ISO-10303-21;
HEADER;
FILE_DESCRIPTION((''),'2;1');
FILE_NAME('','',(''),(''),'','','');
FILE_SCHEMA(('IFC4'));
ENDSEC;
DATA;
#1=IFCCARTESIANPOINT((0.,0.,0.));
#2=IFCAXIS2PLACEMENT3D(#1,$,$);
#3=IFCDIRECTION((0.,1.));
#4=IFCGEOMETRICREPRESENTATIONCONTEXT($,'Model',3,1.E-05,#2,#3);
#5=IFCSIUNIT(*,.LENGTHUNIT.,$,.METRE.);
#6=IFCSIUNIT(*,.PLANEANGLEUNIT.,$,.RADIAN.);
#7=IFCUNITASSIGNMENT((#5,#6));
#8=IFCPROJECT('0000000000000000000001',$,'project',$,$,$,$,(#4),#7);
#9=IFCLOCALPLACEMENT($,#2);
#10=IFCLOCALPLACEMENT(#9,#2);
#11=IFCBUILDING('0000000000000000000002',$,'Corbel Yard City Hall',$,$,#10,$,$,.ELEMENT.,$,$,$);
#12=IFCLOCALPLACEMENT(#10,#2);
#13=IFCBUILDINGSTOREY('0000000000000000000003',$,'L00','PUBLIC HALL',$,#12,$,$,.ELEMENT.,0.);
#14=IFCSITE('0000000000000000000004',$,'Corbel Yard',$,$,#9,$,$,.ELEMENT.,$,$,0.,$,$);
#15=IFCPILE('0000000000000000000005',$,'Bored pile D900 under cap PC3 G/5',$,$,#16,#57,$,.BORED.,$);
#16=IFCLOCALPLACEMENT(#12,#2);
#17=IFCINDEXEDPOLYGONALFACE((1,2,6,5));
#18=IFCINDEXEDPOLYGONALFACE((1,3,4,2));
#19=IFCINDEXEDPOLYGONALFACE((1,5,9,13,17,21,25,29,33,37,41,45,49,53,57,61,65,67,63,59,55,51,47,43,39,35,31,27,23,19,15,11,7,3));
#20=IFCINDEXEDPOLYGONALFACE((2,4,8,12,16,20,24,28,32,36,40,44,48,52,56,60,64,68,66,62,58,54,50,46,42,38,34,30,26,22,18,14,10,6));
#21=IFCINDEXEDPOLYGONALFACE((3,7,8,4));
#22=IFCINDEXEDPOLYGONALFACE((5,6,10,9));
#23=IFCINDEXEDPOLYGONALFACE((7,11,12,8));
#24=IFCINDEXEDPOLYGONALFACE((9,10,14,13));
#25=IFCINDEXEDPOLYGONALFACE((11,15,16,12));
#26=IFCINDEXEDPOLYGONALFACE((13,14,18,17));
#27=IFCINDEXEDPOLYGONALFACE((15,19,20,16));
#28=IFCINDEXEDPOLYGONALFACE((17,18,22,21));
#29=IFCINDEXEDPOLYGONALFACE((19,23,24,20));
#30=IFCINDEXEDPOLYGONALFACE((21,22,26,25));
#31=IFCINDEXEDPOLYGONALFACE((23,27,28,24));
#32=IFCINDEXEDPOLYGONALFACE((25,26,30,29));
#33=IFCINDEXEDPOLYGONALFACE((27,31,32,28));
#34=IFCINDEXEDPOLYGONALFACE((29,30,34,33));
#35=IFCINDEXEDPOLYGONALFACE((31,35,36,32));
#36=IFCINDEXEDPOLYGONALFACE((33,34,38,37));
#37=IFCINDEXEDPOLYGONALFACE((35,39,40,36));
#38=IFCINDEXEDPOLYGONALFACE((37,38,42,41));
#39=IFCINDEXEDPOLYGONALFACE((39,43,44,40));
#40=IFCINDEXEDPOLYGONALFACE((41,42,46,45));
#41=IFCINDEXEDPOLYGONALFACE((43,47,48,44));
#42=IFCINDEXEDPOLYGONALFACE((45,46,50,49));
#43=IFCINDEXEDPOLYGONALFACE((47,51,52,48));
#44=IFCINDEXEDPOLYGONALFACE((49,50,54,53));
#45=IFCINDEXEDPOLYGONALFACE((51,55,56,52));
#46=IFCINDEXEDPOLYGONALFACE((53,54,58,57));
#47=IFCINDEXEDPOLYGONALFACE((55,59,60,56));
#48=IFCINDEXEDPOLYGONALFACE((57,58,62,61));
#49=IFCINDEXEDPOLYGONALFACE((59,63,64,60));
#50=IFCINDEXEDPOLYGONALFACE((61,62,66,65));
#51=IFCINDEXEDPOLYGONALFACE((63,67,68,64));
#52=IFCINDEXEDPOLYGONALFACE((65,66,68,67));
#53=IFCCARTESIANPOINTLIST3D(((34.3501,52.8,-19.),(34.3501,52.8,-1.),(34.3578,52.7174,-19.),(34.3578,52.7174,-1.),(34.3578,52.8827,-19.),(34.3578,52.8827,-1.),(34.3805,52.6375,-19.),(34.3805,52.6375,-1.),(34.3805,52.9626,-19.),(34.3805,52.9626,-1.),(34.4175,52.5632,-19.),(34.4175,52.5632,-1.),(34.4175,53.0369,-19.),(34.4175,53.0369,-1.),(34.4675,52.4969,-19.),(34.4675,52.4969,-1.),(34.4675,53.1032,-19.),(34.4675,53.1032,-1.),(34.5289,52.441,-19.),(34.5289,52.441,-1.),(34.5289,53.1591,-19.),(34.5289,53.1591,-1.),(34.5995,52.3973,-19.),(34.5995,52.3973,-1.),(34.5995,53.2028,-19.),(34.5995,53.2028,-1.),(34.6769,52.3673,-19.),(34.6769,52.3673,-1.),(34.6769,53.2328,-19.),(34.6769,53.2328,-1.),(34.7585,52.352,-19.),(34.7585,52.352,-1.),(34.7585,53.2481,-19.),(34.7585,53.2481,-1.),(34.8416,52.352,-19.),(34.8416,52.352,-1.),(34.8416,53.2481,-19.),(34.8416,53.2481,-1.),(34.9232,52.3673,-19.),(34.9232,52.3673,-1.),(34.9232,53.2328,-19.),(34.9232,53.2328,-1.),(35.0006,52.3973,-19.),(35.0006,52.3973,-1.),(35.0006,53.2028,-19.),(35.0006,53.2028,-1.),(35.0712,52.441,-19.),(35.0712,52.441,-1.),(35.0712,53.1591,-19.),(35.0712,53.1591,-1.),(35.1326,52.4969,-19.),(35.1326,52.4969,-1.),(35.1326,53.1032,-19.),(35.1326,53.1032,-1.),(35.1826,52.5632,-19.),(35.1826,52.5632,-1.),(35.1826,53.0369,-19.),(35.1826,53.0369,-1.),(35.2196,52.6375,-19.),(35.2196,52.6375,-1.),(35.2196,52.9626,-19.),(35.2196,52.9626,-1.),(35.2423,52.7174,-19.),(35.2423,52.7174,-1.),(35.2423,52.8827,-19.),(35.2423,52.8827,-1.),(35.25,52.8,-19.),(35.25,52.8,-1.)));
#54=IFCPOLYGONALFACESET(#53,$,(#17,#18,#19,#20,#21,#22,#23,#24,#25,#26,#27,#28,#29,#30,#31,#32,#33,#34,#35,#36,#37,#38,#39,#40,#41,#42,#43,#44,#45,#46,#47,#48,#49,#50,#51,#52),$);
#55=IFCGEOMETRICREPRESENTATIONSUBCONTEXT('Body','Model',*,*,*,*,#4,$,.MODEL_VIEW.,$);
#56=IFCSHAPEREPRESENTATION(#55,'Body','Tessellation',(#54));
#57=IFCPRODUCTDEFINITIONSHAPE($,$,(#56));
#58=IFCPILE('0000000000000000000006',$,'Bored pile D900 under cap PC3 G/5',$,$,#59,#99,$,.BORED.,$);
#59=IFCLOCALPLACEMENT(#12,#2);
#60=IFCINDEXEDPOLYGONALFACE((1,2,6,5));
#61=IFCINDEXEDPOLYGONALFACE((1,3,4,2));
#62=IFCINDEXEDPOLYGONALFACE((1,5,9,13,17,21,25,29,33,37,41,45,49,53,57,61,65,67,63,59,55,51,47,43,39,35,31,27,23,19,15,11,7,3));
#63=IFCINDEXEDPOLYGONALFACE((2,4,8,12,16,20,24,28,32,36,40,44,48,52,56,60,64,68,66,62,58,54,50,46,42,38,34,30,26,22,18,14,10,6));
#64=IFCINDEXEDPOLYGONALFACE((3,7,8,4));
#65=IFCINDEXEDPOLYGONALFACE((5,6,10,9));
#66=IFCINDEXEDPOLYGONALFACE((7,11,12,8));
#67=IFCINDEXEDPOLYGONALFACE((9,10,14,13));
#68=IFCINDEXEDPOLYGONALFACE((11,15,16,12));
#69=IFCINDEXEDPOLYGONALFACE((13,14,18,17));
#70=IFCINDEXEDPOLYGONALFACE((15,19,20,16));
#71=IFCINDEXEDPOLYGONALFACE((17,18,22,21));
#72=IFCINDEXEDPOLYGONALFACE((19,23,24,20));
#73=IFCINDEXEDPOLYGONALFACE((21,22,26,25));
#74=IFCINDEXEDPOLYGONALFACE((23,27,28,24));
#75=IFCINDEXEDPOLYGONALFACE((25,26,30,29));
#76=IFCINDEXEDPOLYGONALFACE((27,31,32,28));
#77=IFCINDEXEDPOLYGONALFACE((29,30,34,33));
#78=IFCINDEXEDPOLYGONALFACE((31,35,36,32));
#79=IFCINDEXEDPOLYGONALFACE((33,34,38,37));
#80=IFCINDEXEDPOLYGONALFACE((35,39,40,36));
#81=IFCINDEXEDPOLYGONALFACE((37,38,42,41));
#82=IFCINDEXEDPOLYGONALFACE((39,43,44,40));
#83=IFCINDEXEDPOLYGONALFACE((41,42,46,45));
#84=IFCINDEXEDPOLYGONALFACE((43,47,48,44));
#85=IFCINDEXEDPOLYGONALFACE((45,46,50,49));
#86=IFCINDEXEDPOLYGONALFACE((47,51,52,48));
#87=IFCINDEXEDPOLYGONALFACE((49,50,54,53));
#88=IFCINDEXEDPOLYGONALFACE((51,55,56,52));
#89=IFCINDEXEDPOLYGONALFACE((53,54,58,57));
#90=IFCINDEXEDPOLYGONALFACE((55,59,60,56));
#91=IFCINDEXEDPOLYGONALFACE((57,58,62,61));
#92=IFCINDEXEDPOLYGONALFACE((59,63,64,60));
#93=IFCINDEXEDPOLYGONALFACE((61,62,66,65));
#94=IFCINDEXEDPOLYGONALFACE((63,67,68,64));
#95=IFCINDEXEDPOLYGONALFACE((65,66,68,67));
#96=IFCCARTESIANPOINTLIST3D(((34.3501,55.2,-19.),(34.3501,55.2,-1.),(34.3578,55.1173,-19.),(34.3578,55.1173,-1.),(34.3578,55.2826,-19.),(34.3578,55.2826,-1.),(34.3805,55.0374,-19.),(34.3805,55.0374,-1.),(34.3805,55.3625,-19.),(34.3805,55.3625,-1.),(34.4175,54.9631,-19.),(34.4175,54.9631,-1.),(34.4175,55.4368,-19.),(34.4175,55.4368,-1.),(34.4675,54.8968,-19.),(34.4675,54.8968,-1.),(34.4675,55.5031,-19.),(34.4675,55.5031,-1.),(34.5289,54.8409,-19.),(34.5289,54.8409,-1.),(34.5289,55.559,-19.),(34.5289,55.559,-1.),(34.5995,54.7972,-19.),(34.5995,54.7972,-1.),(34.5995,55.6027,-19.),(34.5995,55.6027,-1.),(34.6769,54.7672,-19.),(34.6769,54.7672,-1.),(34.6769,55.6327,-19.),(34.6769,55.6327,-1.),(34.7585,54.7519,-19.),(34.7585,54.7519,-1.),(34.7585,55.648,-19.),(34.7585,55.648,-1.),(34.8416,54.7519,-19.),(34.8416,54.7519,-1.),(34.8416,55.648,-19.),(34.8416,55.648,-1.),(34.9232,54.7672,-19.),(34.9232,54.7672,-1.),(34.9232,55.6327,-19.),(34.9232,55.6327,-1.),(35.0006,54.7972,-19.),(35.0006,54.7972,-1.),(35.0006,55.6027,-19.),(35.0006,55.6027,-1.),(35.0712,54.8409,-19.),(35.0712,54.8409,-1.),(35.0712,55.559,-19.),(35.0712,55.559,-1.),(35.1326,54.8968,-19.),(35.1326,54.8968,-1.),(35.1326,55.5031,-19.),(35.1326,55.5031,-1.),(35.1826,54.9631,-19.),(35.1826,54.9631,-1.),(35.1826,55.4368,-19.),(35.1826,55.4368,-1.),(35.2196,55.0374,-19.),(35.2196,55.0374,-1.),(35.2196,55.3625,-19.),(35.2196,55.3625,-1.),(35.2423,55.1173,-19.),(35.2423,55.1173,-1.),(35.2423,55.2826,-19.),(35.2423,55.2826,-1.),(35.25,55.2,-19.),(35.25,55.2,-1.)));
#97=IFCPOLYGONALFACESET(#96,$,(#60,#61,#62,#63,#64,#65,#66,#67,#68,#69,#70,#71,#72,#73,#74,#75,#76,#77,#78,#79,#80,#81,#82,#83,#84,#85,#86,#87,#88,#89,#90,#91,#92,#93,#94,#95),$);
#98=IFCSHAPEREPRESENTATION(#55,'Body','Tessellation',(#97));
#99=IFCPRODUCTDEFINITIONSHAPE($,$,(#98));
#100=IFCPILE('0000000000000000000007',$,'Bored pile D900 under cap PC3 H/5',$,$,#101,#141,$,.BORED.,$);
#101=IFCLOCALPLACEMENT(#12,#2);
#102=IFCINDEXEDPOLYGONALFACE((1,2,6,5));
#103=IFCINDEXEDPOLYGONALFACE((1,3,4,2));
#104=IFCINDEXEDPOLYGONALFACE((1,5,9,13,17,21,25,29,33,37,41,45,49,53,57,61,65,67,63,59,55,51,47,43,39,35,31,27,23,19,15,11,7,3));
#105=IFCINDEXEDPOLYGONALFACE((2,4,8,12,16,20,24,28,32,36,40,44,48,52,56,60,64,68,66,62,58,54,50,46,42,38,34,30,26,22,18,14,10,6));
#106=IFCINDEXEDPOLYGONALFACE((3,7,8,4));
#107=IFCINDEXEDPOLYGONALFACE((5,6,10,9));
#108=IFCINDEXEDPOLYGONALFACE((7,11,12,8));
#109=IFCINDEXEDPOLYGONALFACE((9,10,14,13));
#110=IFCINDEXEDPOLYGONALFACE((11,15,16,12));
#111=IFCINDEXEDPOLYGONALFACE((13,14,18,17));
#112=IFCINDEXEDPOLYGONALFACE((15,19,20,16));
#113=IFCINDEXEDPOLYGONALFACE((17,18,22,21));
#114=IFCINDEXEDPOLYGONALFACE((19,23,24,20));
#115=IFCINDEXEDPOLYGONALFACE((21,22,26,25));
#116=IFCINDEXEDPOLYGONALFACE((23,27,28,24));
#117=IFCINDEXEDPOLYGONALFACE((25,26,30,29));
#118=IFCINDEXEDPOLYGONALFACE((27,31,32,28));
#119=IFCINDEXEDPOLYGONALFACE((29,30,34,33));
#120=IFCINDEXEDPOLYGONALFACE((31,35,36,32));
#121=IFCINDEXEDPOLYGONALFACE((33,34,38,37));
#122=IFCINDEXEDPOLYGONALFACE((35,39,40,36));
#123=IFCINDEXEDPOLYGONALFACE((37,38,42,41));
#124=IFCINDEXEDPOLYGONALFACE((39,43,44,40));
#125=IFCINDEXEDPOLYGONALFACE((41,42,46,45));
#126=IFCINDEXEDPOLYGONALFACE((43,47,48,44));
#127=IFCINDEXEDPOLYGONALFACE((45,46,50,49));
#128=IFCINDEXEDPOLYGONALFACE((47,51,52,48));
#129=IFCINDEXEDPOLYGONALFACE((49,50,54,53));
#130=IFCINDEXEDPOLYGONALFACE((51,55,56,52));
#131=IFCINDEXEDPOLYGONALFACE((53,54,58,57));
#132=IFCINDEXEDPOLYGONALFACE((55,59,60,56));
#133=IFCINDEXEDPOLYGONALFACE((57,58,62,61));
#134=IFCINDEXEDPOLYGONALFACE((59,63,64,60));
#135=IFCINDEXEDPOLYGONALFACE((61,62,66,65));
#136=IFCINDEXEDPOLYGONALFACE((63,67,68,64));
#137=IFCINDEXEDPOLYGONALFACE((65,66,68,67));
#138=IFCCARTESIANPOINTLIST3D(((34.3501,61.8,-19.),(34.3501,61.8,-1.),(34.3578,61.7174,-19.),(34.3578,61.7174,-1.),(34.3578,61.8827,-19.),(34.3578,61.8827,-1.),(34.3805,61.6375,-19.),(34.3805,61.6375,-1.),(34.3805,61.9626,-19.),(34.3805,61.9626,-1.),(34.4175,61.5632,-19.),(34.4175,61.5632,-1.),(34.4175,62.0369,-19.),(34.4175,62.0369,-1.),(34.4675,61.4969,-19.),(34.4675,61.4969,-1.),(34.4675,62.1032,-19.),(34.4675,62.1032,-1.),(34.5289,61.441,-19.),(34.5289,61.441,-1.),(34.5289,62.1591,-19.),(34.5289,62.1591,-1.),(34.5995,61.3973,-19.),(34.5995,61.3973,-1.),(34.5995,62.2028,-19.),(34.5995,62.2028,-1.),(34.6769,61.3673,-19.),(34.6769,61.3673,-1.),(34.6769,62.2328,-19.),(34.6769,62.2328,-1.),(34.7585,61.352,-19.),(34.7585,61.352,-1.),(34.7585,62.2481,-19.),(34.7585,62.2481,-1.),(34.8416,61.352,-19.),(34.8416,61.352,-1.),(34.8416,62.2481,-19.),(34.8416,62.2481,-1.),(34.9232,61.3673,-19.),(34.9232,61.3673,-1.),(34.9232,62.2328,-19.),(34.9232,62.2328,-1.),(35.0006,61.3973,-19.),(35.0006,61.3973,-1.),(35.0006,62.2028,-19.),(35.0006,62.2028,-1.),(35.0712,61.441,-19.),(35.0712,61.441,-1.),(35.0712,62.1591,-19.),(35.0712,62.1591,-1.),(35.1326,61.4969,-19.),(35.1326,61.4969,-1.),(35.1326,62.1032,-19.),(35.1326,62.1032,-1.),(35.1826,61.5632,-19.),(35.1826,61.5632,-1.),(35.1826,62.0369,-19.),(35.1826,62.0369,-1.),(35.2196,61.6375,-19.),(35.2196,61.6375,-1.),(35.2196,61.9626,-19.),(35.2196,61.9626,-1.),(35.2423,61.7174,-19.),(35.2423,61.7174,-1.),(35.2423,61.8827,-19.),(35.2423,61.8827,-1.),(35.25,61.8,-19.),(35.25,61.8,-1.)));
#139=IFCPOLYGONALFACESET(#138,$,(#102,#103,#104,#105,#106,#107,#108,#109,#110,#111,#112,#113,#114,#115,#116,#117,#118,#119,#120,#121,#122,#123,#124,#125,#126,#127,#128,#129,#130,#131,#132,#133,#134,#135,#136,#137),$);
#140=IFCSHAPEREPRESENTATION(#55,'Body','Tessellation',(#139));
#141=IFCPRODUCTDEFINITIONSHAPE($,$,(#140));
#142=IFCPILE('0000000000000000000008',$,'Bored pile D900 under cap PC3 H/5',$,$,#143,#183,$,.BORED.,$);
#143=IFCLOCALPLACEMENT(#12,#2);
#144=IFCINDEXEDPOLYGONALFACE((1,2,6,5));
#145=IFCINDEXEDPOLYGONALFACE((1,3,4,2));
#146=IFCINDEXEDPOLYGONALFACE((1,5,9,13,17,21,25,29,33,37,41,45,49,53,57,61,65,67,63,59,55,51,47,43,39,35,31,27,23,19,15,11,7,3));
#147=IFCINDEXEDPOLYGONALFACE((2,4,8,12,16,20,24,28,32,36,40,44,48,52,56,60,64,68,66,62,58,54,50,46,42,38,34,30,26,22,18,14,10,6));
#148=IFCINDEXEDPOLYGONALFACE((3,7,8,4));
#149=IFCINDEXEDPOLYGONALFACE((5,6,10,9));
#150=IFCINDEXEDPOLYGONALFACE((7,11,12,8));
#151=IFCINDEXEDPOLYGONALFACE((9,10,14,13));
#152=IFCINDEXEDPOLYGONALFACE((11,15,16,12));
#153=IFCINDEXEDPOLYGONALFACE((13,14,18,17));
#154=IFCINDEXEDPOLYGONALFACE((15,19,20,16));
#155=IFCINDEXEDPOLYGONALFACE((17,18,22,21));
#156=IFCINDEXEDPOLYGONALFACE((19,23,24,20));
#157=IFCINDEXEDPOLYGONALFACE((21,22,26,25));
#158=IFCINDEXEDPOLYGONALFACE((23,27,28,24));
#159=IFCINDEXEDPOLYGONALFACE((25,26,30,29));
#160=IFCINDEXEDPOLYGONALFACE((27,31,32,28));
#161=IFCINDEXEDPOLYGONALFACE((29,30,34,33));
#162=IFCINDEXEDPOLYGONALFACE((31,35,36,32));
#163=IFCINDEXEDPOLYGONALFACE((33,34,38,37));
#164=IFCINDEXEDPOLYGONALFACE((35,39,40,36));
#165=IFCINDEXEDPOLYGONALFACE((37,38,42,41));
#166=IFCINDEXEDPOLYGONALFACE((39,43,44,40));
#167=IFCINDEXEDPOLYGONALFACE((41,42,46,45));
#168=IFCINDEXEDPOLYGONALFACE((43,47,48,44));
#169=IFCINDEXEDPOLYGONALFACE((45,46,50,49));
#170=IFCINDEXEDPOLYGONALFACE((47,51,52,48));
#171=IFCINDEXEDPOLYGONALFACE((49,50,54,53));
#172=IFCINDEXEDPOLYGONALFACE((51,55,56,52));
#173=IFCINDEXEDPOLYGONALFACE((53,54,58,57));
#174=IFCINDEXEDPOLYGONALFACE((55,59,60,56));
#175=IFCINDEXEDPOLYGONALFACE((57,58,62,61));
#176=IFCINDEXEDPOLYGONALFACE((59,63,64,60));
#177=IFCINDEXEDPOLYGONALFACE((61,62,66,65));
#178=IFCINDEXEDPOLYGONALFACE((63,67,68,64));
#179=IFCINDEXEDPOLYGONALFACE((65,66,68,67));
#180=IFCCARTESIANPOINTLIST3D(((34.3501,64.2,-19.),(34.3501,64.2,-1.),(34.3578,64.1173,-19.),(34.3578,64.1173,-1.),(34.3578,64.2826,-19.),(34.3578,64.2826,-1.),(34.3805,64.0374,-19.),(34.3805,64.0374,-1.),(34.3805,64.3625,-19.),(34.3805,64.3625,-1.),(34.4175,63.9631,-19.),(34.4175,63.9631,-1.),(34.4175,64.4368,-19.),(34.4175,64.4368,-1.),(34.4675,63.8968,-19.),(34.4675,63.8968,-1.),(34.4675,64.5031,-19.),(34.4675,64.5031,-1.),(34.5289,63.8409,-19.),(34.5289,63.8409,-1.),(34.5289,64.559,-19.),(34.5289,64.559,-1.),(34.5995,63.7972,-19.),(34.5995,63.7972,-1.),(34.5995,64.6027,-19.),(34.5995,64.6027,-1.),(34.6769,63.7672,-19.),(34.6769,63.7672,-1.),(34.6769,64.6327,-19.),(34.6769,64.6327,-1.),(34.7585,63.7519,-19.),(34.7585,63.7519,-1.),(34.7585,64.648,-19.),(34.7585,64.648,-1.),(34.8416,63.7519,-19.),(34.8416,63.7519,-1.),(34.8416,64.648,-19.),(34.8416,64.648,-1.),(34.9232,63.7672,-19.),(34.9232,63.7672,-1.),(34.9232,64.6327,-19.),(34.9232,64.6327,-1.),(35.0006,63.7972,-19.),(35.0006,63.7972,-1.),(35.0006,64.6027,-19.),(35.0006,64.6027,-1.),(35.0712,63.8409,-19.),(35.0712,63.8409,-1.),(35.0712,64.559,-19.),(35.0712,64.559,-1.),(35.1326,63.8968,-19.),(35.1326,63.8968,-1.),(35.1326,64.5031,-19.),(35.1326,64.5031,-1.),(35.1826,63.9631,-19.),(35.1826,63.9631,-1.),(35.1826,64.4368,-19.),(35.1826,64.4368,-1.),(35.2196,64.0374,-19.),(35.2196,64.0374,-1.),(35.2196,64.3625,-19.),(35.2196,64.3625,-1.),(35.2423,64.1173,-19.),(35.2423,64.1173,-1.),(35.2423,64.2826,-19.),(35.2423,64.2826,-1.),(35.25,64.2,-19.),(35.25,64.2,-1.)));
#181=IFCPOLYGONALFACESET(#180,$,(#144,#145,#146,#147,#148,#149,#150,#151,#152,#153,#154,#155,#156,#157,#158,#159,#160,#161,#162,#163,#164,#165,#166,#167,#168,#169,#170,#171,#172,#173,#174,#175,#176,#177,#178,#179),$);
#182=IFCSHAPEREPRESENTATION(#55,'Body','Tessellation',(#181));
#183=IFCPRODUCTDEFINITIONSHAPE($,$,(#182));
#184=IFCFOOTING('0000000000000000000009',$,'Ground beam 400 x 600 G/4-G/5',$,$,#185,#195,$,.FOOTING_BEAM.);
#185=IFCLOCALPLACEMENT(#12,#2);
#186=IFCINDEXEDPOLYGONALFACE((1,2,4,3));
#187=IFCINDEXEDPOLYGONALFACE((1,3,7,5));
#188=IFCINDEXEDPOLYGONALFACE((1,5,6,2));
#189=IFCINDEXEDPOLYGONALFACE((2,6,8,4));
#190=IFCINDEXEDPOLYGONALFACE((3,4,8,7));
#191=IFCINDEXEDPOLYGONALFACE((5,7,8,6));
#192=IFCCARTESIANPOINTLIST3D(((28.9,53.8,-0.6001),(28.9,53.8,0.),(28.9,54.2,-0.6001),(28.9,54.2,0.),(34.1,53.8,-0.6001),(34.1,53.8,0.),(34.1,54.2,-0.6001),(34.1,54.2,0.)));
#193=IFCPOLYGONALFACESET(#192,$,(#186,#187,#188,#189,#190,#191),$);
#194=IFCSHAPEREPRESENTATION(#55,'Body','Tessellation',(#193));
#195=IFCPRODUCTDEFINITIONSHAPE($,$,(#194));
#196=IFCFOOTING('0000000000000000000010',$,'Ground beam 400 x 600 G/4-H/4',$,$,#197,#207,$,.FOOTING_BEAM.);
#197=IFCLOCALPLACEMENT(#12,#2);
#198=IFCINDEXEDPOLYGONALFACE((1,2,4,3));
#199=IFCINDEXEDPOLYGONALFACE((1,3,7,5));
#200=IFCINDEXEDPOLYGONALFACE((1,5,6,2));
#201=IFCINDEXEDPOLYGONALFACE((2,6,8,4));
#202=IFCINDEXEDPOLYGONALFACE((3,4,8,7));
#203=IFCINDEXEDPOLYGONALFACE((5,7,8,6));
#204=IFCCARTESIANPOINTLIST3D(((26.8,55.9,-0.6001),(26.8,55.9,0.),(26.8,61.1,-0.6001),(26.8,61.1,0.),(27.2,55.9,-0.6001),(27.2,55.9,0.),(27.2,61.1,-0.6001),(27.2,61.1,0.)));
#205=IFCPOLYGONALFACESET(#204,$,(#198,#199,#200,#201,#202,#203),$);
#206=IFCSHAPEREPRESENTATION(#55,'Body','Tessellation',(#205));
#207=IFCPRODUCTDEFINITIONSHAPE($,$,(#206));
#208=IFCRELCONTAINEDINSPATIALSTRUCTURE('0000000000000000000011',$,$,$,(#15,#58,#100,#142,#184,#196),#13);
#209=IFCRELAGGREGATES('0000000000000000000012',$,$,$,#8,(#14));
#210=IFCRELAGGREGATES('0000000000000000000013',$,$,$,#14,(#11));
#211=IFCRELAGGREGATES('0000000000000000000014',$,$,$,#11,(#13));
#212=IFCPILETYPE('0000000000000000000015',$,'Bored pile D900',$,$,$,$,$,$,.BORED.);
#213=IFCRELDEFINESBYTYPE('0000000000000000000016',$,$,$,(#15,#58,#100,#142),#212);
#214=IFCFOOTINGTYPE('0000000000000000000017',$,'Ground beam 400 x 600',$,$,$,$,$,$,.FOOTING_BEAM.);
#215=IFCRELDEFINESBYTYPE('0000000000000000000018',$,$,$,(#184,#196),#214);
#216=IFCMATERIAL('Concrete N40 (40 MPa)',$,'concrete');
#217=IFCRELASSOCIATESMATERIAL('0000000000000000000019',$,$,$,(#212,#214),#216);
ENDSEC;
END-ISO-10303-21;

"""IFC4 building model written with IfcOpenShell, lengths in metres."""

from ifc_helpers import new_model, si_unit, direction, frame, origin, origin_2d, place, context, subcontext, project, spatial, rectangle, circle, extrude, material, material_profile, profile_set, type_object, element, save


model = new_model("IFC4")

# Units and contexts
model_context = context("Model", 3, precision=1e-05, world=origin(), true_north=direction((0.0, 1.0)))
body_context = subcontext(model_context, "Body", "Model", "MODEL_VIEW")
ifc_project = project(units=[si_unit("LENGTHUNIT", "METRE"), si_unit("PLANEANGLEUNIT", "RADIAN")], contexts=[model_context])

# Site, building, storey
site_placement = place(None, origin())
site = spatial("IfcSite", under=ifc_project, at=site_placement, Name="Corbel Yard", CompositionType="ELEMENT", RefElevation=0.0)
building_placement = place(site_placement, origin())
building = spatial("IfcBuilding", under=site, at=building_placement, Name="Corbel Yard City Hall", CompositionType="ELEMENT")
storey_placement = place(building_placement, origin())
storey = spatial("IfcBuildingStorey", under=building, at=storey_placement, Name="L00", Description="PUBLIC HALL", CompositionType="ELEMENT", Elevation=0.0)

# Piles
ifc_material_1 = material(Name="Concrete N40 (40 MPa)", Category="concrete")
ifc_material_profile_1 = material_profile(ifc_material_1, circle(Radius=0.45, at=origin_2d()), Name="D900")
ifc_profile_set_1 = profile_set([ifc_material_profile_1], Name="Concrete N40 (40 MPa)")
pile_type = type_object("IfcPileType", Name="Bored pile D900", PredefinedType="BORED", material=ifc_profile_set_1)
for number, where, z_axis, x_axis, name in (
    (1, (34.8, 52.8, -1.0), (0.0, 0.0, -1.0), (1.0, 0.0, 0.0), "Bored pile D900 under cap PC3 G/5"),
    (2, (34.8, 55.2, -1.0), (0.0, 0.0, -1.0), (1.0, 0.0, 0.0), "Bored pile D900 under cap PC3 G/5"),
    (3, (34.8, 61.8, -1.0), (0.0, 0.0, -1.0), (1.0, 0.0, 0.0), "Bored pile D900 under cap PC3 H/5"),
    (4, (34.8, 64.2, -1.0), (0.0, 0.0, -1.0), (1.0, 0.0, 0.0), "Bored pile D900 under cap PC3 H/5"),
):
    element("IfcPile", number, at=place(storey_placement, frame(where, z_axis=z_axis, x_axis=x_axis)), inside=storey, type_object=pile_type, Name=name, PredefinedType="BORED", context=body_context, shape_type="SweptSolid", body=[
        extrude(circle(Radius=0.45, at=origin_2d()), origin(), (0.0, 0.0, 1.0), 18.0),
    ])

# Footings
footing_type_1 = type_object("IfcFootingType", Name="Ground beam 400 x 600", PredefinedType="FOOTING_BEAM", material=ifc_material_1)
footing_1_placement = place(storey_placement, frame((31.5, 54.0, -0.6001), z_axis=(0.0, 0.0, 1.0), x_axis=(1.0, 0.0, 0.0)))
element("IfcFooting", 5, at=footing_1_placement, inside=storey, type_object=footing_type_1, Name="Ground beam 400 x 600 G/4-G/5", PredefinedType="FOOTING_BEAM", context=body_context, shape_type="SweptSolid", body=[
    extrude(rectangle(XDim=5.2, YDim=0.3999, at=origin_2d()), origin(), (0.0, 0.0, 1.0), 0.6001),
])
footing_2_placement = place(storey_placement, frame((27.0, 58.5, -0.6001), z_axis=(0.0, 0.0, 1.0), x_axis=(1.0, 0.0, 0.0)))
element("IfcFooting", 6, at=footing_2_placement, inside=storey, type_object=footing_type_1, Name="Ground beam 400 x 600 G/4-H/4", PredefinedType="FOOTING_BEAM", context=body_context, shape_type="SweptSolid", body=[
    extrude(rectangle(XDim=0.3999, YDim=5.2, at=origin_2d()), origin(), (0.0, 0.0, 1.0), 0.6001),
])

save(model, "model.ifc")
